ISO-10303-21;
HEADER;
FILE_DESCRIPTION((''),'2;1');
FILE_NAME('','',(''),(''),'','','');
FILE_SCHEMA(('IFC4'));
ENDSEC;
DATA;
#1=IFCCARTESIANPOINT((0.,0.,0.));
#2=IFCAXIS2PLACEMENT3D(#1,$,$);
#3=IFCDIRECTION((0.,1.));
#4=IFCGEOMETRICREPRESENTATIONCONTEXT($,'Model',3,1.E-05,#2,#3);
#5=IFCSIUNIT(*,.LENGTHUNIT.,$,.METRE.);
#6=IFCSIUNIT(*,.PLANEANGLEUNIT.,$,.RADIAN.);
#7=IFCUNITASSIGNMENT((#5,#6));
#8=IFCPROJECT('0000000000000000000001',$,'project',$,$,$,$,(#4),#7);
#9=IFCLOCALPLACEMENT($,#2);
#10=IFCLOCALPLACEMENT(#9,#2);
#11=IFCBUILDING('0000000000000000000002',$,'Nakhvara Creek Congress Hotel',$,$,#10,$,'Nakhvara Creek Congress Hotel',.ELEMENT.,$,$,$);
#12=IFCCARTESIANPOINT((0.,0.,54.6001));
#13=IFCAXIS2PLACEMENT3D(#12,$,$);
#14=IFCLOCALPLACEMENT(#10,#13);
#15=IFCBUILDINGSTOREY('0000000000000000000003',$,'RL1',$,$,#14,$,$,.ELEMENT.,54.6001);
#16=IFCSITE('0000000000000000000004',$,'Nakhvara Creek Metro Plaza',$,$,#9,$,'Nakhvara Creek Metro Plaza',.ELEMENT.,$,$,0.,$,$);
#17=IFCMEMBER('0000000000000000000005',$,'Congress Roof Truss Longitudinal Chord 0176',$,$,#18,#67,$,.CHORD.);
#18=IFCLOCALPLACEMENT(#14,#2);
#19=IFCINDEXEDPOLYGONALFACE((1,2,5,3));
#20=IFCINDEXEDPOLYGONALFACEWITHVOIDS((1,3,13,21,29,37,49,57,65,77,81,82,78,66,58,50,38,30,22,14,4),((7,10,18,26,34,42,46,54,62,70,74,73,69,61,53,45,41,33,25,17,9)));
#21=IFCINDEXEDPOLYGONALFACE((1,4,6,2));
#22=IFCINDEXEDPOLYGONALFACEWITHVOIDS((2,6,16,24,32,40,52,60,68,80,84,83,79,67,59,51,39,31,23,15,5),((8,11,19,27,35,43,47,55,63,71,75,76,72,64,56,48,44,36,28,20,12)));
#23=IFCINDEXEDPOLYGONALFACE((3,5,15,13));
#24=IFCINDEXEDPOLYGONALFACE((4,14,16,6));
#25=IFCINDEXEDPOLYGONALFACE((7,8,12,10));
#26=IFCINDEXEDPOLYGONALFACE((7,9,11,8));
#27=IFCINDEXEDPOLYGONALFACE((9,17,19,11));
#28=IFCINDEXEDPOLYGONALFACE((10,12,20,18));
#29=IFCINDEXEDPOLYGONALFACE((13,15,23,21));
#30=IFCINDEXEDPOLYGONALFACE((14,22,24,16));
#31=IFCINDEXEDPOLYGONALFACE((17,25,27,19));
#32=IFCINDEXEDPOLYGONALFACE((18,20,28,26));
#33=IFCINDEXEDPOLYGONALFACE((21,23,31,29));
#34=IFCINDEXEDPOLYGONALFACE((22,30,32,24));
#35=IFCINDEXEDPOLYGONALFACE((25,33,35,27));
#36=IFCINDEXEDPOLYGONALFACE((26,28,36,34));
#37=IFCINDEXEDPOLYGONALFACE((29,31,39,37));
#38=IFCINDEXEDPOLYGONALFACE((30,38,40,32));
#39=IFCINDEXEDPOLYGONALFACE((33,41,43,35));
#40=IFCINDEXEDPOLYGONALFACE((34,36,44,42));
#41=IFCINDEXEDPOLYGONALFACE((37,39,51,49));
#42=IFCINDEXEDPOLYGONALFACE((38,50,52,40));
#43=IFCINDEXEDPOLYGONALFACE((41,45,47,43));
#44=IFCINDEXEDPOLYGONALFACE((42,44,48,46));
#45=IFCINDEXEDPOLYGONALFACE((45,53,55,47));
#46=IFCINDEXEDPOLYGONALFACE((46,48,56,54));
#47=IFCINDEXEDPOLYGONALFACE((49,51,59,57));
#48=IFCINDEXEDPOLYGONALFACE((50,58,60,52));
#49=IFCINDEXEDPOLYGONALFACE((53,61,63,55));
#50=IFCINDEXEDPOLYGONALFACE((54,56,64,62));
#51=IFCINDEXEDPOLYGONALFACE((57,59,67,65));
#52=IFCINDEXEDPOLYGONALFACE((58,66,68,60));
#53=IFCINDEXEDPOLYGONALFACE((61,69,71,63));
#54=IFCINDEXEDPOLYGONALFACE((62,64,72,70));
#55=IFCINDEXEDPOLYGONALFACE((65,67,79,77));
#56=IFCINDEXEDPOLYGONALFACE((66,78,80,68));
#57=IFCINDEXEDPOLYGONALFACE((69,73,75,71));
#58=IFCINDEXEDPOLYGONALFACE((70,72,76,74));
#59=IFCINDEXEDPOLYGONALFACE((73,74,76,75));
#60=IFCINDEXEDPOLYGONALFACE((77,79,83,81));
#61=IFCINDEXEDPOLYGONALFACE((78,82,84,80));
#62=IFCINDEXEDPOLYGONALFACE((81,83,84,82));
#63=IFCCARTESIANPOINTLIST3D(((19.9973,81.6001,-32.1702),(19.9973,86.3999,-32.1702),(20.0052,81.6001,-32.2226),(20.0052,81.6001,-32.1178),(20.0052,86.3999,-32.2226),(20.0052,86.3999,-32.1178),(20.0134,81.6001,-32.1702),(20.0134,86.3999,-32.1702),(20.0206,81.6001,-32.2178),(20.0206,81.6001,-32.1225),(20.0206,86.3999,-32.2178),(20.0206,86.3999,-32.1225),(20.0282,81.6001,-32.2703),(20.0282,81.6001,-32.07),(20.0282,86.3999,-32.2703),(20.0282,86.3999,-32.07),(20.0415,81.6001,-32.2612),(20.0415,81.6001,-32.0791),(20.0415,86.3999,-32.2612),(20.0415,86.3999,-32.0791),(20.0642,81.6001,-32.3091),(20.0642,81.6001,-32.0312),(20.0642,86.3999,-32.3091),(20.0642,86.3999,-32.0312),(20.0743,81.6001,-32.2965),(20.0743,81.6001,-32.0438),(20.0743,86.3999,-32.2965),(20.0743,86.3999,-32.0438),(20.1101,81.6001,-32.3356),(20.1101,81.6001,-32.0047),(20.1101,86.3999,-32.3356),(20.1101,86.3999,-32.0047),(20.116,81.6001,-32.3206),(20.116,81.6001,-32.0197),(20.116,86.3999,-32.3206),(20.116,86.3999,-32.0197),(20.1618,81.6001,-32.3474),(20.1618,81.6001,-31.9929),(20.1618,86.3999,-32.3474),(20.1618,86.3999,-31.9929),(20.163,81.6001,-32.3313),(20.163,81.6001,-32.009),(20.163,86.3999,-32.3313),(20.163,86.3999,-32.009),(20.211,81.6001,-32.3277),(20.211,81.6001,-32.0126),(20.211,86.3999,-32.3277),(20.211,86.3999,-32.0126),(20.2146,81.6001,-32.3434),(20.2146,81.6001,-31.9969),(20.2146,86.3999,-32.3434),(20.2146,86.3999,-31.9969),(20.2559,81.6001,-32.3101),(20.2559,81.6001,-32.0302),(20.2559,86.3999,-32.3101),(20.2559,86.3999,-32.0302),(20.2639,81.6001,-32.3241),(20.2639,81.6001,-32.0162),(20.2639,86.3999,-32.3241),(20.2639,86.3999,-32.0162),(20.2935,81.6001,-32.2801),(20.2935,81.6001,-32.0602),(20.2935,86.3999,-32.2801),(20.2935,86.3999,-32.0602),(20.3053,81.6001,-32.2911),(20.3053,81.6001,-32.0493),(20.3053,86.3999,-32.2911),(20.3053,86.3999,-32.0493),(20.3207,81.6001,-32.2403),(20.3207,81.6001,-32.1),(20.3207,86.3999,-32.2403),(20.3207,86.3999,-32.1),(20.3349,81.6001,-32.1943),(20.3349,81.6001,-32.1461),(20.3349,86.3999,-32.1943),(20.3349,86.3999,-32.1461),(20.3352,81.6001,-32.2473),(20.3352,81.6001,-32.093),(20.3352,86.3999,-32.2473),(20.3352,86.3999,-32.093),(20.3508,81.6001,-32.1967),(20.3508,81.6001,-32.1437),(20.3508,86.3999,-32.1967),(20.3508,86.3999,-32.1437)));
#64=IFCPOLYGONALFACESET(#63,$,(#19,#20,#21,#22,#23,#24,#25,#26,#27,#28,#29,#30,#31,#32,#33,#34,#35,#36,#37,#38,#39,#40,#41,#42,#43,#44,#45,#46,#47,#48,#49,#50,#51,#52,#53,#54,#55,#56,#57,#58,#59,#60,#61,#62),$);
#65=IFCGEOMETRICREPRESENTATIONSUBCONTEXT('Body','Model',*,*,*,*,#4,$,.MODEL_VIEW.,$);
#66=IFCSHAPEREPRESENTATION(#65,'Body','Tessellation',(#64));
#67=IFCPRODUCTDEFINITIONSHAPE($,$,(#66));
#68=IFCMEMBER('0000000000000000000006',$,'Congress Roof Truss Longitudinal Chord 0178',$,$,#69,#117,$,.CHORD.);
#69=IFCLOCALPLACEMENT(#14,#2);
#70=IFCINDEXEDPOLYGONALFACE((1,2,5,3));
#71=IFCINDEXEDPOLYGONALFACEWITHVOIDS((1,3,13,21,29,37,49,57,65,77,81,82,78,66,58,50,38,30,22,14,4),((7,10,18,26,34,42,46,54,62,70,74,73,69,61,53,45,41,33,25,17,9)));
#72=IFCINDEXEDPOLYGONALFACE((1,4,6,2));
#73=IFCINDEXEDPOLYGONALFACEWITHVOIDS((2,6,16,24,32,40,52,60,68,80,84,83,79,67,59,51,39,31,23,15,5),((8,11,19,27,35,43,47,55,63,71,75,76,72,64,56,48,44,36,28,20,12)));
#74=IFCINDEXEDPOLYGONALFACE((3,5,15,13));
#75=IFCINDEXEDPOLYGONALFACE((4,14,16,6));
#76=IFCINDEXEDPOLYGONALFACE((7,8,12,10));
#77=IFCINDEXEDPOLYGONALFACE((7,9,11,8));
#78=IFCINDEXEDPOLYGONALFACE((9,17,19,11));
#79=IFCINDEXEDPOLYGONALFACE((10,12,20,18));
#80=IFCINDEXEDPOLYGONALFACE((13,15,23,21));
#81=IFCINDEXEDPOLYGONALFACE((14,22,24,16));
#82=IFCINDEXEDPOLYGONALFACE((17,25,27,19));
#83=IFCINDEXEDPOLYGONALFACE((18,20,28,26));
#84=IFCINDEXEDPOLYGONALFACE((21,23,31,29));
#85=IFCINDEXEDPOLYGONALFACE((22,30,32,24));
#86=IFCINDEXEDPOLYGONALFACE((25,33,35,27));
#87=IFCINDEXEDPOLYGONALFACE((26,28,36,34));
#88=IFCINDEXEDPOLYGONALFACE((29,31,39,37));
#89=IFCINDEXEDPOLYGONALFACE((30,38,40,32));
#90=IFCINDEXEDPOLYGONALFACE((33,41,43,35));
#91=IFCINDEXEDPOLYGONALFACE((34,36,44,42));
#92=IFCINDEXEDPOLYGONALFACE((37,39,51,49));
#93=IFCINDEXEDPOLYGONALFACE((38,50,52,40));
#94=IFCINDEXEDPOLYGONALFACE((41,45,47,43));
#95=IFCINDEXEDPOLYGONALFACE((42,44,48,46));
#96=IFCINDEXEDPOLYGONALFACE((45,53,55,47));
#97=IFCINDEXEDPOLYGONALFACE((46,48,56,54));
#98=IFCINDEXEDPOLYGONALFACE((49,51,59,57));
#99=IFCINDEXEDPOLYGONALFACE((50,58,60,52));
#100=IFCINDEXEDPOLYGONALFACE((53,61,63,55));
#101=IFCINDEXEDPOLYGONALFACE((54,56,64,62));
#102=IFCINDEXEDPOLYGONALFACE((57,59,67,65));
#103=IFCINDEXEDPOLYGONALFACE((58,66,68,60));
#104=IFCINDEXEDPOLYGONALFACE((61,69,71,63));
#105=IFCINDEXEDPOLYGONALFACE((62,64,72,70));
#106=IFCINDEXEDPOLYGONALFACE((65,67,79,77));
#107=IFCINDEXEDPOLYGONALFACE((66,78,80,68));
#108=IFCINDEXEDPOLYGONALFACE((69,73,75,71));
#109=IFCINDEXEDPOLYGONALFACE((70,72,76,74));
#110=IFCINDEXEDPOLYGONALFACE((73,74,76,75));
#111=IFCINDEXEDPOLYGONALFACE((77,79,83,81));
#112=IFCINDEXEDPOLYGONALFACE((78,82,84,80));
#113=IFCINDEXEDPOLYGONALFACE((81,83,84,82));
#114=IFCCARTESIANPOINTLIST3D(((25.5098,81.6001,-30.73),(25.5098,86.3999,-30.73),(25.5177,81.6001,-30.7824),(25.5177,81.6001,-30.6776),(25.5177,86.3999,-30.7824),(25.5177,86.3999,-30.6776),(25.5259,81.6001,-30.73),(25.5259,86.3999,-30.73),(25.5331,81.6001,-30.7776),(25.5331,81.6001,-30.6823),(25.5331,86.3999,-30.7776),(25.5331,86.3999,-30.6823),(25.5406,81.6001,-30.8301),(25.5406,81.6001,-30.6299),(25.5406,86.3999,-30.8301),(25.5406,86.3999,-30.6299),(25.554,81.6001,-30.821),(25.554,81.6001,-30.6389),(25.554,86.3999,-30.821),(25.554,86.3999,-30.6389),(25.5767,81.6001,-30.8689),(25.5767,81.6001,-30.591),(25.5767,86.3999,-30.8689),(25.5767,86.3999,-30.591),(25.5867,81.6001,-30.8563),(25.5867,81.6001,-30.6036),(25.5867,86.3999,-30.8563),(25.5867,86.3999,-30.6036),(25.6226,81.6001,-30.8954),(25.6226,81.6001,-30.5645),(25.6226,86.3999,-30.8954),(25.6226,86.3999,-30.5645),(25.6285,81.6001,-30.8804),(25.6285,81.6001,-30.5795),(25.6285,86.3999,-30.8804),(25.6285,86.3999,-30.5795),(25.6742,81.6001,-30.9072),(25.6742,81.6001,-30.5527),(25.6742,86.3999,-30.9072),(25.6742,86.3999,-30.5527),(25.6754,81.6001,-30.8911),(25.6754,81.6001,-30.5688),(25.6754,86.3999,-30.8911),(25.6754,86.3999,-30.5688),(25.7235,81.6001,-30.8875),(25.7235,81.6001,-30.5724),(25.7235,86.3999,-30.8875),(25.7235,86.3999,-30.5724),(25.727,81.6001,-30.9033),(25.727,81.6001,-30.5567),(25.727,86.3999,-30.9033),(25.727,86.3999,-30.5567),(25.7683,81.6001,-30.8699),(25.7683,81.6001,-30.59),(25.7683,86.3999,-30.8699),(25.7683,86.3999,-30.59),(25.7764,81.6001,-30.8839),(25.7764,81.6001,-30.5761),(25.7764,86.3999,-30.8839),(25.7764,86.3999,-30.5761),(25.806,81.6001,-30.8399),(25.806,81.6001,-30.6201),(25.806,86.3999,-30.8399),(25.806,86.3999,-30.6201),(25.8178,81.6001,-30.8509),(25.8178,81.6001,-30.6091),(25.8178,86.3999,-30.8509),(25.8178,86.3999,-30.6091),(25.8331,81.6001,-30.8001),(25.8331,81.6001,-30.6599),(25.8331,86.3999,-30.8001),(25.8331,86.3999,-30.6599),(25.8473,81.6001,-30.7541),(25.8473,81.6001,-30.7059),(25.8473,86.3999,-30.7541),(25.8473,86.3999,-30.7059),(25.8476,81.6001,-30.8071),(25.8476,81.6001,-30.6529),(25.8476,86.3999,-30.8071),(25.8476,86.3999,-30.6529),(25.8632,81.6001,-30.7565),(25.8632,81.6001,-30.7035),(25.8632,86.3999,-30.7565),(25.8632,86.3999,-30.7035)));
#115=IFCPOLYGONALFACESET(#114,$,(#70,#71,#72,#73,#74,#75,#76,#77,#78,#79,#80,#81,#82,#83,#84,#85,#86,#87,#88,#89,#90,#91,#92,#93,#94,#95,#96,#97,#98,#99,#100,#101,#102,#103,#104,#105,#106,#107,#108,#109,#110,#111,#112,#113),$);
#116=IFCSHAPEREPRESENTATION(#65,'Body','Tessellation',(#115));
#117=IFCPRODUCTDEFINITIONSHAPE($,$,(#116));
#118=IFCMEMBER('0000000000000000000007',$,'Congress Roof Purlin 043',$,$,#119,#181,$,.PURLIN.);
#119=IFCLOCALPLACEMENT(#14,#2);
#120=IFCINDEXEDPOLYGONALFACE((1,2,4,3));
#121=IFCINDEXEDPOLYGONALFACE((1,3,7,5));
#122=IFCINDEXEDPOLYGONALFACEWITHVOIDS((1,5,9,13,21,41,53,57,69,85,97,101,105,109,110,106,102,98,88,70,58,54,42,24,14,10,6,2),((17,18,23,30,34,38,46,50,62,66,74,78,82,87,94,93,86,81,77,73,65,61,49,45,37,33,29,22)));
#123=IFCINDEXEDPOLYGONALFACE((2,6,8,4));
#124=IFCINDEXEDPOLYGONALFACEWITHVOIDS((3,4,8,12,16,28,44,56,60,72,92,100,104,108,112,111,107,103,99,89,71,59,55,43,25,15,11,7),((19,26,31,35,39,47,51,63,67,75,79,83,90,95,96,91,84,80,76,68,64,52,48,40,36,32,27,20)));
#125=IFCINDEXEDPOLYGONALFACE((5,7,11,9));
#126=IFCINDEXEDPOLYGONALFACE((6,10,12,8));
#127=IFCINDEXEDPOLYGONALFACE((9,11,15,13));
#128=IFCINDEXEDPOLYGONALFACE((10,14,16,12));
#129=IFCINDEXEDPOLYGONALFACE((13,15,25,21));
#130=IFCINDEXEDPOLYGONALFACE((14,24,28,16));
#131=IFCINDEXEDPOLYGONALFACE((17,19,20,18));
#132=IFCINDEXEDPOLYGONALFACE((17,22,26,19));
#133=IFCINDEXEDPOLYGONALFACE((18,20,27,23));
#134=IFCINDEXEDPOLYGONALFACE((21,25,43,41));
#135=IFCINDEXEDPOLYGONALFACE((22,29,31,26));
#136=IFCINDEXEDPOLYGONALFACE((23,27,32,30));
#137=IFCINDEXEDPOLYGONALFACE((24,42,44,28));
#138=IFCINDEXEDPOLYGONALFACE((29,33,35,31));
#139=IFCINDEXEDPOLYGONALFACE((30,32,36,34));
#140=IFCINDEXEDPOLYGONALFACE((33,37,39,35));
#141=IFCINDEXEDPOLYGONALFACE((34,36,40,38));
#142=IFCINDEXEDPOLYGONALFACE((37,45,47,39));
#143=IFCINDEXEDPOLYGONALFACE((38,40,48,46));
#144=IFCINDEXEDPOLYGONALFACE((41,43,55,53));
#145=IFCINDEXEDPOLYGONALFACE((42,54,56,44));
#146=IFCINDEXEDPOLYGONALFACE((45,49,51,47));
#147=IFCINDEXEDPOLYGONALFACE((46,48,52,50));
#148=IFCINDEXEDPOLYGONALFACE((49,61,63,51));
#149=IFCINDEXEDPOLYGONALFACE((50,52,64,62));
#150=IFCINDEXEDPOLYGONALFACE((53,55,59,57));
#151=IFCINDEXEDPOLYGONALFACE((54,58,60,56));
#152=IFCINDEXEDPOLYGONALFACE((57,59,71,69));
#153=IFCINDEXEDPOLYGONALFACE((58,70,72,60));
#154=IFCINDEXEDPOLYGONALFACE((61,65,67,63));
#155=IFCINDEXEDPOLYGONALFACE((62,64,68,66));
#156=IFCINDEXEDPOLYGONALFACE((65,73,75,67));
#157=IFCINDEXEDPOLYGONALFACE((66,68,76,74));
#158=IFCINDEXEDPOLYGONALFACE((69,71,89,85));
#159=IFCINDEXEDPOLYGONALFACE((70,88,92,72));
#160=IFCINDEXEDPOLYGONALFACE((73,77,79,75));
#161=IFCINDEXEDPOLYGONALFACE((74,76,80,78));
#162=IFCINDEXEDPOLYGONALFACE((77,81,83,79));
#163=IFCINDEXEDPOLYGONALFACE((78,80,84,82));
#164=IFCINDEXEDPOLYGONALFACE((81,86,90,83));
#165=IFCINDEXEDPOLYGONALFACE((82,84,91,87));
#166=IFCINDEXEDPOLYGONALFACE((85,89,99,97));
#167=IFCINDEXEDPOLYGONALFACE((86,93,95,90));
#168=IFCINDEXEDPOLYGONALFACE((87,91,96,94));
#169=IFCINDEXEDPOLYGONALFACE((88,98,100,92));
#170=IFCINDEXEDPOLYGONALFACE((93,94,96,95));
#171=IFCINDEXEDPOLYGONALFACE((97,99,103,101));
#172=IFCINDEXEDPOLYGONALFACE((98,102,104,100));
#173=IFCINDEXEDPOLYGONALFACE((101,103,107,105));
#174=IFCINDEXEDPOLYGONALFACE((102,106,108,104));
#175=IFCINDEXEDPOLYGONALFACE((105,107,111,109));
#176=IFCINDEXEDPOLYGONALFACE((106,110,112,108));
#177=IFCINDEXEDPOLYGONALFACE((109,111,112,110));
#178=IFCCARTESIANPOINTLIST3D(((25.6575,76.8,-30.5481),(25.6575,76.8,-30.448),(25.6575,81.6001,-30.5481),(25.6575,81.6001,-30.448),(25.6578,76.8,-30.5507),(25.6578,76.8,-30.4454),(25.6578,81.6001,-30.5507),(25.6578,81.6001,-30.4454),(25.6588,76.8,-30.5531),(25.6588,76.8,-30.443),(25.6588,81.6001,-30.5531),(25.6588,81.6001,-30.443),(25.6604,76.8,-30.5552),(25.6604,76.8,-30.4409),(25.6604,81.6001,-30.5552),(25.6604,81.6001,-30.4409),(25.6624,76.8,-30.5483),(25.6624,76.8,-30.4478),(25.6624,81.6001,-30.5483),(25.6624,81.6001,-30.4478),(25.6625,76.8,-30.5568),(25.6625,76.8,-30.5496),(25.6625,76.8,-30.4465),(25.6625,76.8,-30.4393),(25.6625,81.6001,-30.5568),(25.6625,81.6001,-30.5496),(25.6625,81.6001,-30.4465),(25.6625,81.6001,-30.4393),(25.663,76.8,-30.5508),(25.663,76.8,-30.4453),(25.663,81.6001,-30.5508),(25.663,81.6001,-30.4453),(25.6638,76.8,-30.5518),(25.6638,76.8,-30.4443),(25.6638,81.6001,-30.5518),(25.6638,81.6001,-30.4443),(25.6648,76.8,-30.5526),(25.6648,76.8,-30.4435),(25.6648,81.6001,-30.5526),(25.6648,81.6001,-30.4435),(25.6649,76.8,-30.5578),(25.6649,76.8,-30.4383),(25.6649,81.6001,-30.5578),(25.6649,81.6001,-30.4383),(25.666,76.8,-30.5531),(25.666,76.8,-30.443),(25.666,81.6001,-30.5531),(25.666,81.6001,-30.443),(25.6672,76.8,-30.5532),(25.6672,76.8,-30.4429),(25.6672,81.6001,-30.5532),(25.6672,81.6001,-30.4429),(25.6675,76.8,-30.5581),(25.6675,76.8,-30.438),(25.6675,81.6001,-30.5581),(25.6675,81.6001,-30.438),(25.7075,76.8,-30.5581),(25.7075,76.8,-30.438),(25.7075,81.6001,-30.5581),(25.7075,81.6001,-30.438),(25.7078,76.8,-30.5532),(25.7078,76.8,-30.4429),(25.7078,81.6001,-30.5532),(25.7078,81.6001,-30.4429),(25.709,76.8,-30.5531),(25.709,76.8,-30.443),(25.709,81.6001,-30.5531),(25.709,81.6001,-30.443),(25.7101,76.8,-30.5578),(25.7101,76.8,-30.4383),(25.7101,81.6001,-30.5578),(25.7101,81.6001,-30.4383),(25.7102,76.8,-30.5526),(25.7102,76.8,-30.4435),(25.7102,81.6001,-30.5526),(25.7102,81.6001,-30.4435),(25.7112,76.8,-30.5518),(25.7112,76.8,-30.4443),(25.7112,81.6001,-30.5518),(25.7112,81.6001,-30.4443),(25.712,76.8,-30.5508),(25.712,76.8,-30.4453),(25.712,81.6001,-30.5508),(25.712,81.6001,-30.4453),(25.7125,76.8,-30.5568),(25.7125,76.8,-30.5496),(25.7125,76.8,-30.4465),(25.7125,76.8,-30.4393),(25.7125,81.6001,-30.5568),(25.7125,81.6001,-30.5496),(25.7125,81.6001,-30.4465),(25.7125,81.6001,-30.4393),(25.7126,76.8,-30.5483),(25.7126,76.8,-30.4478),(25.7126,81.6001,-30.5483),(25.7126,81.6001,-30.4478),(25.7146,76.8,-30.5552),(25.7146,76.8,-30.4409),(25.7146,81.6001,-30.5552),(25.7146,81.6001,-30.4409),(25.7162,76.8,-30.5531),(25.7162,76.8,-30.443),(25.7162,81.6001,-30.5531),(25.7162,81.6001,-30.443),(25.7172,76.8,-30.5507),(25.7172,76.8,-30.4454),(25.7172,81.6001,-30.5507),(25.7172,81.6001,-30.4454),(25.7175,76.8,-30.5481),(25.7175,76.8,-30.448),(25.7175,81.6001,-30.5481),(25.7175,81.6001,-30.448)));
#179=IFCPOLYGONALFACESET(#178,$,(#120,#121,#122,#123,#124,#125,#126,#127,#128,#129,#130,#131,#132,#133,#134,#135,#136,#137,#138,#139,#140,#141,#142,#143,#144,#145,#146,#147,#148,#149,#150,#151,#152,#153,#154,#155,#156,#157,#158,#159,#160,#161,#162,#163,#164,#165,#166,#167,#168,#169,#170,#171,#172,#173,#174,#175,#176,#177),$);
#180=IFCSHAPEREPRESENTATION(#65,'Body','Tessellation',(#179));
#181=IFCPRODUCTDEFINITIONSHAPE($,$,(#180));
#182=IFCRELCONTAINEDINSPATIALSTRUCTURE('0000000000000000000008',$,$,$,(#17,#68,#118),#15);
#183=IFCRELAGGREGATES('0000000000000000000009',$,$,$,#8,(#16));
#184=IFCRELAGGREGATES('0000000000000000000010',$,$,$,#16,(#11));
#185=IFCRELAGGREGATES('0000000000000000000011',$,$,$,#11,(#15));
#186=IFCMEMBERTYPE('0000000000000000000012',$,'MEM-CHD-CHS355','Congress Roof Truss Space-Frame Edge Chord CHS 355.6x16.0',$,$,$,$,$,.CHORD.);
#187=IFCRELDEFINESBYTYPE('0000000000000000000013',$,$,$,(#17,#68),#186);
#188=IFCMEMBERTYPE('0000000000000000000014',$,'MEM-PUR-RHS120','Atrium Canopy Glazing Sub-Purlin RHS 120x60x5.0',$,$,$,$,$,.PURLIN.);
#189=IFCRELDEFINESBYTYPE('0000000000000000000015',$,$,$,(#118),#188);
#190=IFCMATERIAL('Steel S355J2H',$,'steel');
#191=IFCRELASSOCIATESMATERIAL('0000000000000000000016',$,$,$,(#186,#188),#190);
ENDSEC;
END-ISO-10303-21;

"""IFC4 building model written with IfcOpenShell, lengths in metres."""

from ifc_helpers import new_model, si_unit, direction, frame, origin, origin_2d, place, context, subcontext, project, spatial, hollow_rectangle, hollow_circle, extrude, material, material_profile, profile_set, type_object, element, save


model = new_model("IFC4")

# Units and contexts
model_context = context("Model", 3, precision=1e-05, world=origin(), true_north=direction((0.0, 1.0)))
body_context = subcontext(model_context, "Body", "Model", "MODEL_VIEW")
ifc_project = project(units=[si_unit("LENGTHUNIT", "METRE"), si_unit("PLANEANGLEUNIT", "RADIAN")], contexts=[model_context])

# Site, building, storey
site_placement = place(None, origin())
site = spatial("IfcSite", under=ifc_project, at=site_placement, Name="Nakhvara Creek Metro Plaza", LongName="Nakhvara Creek Metro Plaza", CompositionType="ELEMENT", RefElevation=0.0)
building_placement = place(site_placement, origin())
building = spatial("IfcBuilding", under=site, at=building_placement, Name="Nakhvara Creek Congress Hotel", LongName="Nakhvara Creek Congress Hotel", CompositionType="ELEMENT")
storey_placement = place(building_placement, frame((0.0, 0.0, 54.6001)))
storey = spatial("IfcBuildingStorey", under=building, at=storey_placement, Name="RL1", CompositionType="ELEMENT", Elevation=54.6001)

# Members
ifc_material_1 = material(Name="Steel S355J2H", Category="steel")
ifc_material_profile_1 = material_profile(ifc_material_1, hollow_circle(Radius=0.1777, WallThickness=0.0161, at=origin_2d()), Name="CHS 355.6x16.0", Category="LoadBearing")
ifc_profile_set_1 = profile_set([ifc_material_profile_1], Name="Steel S355J2H")
member_type_1 = type_object("IfcMemberType", Name="MEM-CHD-CHS355", Description="Congress Roof Truss Space-Frame Edge Chord CHS 355.6x16.0", PredefinedType="CHORD", material=ifc_profile_set_1)
for number, where, z_axis, x_axis, name in (
    (1, (20.175, 81.6001, -32.1702), (0.0, 1.0, 0.0), (-1.0, 0.0, 0.0), "Congress Roof Truss Longitudinal Chord 0176"),
    (2, (25.6875, 81.6001, -30.73), (0.0, 1.0, 0.0), (-1.0, 0.0, 0.0), "Congress Roof Truss Longitudinal Chord 0178"),
):
    element("IfcMember", number, at=place(storey_placement, frame(where, z_axis=z_axis, x_axis=x_axis)), inside=storey, type_object=member_type_1, Name=name, PredefinedType="CHORD", context=body_context, shape_type="SweptSolid", body=[
        extrude(hollow_circle(Radius=0.1777, WallThickness=0.0161, at=origin_2d()), origin(), (0.0, 0.0, 1.0), 4.7998),
    ])
ifc_material_profile_2 = material_profile(ifc_material_1, hollow_rectangle(XDim=0.0601, YDim=0.1201, WallThickness=0.0049, InnerFilletRadius=0.0049, OuterFilletRadius=0.01, at=origin_2d()), Name="RHS 120x60x5.0", Category="LoadBearing")
ifc_profile_set_2 = profile_set([ifc_material_profile_2], Name="Steel S355J2H")
member_type_2 = type_object("IfcMemberType", Name="MEM-PUR-RHS120", Description="Atrium Canopy Glazing Sub-Purlin RHS 120x60x5.0", PredefinedType="PURLIN", material=ifc_profile_set_2)
member_1_placement = place(storey_placement, frame((25.6875, 76.8, -30.498), z_axis=(0.0, 1.0, 0.0), x_axis=(-1.0, 0.0, 0.0)))
element("IfcMember", 3, at=member_1_placement, inside=storey, type_object=member_type_2, Name="Congress Roof Purlin 043", PredefinedType="PURLIN", context=body_context, shape_type="SweptSolid", body=[
    extrude(hollow_rectangle(XDim=0.0601, YDim=0.1201, WallThickness=0.0049, InnerFilletRadius=0.0049, OuterFilletRadius=0.01, at=origin_2d()), origin(), (0.0, 0.0, 1.0), 4.8),
])

save(model, "model.ifc")
